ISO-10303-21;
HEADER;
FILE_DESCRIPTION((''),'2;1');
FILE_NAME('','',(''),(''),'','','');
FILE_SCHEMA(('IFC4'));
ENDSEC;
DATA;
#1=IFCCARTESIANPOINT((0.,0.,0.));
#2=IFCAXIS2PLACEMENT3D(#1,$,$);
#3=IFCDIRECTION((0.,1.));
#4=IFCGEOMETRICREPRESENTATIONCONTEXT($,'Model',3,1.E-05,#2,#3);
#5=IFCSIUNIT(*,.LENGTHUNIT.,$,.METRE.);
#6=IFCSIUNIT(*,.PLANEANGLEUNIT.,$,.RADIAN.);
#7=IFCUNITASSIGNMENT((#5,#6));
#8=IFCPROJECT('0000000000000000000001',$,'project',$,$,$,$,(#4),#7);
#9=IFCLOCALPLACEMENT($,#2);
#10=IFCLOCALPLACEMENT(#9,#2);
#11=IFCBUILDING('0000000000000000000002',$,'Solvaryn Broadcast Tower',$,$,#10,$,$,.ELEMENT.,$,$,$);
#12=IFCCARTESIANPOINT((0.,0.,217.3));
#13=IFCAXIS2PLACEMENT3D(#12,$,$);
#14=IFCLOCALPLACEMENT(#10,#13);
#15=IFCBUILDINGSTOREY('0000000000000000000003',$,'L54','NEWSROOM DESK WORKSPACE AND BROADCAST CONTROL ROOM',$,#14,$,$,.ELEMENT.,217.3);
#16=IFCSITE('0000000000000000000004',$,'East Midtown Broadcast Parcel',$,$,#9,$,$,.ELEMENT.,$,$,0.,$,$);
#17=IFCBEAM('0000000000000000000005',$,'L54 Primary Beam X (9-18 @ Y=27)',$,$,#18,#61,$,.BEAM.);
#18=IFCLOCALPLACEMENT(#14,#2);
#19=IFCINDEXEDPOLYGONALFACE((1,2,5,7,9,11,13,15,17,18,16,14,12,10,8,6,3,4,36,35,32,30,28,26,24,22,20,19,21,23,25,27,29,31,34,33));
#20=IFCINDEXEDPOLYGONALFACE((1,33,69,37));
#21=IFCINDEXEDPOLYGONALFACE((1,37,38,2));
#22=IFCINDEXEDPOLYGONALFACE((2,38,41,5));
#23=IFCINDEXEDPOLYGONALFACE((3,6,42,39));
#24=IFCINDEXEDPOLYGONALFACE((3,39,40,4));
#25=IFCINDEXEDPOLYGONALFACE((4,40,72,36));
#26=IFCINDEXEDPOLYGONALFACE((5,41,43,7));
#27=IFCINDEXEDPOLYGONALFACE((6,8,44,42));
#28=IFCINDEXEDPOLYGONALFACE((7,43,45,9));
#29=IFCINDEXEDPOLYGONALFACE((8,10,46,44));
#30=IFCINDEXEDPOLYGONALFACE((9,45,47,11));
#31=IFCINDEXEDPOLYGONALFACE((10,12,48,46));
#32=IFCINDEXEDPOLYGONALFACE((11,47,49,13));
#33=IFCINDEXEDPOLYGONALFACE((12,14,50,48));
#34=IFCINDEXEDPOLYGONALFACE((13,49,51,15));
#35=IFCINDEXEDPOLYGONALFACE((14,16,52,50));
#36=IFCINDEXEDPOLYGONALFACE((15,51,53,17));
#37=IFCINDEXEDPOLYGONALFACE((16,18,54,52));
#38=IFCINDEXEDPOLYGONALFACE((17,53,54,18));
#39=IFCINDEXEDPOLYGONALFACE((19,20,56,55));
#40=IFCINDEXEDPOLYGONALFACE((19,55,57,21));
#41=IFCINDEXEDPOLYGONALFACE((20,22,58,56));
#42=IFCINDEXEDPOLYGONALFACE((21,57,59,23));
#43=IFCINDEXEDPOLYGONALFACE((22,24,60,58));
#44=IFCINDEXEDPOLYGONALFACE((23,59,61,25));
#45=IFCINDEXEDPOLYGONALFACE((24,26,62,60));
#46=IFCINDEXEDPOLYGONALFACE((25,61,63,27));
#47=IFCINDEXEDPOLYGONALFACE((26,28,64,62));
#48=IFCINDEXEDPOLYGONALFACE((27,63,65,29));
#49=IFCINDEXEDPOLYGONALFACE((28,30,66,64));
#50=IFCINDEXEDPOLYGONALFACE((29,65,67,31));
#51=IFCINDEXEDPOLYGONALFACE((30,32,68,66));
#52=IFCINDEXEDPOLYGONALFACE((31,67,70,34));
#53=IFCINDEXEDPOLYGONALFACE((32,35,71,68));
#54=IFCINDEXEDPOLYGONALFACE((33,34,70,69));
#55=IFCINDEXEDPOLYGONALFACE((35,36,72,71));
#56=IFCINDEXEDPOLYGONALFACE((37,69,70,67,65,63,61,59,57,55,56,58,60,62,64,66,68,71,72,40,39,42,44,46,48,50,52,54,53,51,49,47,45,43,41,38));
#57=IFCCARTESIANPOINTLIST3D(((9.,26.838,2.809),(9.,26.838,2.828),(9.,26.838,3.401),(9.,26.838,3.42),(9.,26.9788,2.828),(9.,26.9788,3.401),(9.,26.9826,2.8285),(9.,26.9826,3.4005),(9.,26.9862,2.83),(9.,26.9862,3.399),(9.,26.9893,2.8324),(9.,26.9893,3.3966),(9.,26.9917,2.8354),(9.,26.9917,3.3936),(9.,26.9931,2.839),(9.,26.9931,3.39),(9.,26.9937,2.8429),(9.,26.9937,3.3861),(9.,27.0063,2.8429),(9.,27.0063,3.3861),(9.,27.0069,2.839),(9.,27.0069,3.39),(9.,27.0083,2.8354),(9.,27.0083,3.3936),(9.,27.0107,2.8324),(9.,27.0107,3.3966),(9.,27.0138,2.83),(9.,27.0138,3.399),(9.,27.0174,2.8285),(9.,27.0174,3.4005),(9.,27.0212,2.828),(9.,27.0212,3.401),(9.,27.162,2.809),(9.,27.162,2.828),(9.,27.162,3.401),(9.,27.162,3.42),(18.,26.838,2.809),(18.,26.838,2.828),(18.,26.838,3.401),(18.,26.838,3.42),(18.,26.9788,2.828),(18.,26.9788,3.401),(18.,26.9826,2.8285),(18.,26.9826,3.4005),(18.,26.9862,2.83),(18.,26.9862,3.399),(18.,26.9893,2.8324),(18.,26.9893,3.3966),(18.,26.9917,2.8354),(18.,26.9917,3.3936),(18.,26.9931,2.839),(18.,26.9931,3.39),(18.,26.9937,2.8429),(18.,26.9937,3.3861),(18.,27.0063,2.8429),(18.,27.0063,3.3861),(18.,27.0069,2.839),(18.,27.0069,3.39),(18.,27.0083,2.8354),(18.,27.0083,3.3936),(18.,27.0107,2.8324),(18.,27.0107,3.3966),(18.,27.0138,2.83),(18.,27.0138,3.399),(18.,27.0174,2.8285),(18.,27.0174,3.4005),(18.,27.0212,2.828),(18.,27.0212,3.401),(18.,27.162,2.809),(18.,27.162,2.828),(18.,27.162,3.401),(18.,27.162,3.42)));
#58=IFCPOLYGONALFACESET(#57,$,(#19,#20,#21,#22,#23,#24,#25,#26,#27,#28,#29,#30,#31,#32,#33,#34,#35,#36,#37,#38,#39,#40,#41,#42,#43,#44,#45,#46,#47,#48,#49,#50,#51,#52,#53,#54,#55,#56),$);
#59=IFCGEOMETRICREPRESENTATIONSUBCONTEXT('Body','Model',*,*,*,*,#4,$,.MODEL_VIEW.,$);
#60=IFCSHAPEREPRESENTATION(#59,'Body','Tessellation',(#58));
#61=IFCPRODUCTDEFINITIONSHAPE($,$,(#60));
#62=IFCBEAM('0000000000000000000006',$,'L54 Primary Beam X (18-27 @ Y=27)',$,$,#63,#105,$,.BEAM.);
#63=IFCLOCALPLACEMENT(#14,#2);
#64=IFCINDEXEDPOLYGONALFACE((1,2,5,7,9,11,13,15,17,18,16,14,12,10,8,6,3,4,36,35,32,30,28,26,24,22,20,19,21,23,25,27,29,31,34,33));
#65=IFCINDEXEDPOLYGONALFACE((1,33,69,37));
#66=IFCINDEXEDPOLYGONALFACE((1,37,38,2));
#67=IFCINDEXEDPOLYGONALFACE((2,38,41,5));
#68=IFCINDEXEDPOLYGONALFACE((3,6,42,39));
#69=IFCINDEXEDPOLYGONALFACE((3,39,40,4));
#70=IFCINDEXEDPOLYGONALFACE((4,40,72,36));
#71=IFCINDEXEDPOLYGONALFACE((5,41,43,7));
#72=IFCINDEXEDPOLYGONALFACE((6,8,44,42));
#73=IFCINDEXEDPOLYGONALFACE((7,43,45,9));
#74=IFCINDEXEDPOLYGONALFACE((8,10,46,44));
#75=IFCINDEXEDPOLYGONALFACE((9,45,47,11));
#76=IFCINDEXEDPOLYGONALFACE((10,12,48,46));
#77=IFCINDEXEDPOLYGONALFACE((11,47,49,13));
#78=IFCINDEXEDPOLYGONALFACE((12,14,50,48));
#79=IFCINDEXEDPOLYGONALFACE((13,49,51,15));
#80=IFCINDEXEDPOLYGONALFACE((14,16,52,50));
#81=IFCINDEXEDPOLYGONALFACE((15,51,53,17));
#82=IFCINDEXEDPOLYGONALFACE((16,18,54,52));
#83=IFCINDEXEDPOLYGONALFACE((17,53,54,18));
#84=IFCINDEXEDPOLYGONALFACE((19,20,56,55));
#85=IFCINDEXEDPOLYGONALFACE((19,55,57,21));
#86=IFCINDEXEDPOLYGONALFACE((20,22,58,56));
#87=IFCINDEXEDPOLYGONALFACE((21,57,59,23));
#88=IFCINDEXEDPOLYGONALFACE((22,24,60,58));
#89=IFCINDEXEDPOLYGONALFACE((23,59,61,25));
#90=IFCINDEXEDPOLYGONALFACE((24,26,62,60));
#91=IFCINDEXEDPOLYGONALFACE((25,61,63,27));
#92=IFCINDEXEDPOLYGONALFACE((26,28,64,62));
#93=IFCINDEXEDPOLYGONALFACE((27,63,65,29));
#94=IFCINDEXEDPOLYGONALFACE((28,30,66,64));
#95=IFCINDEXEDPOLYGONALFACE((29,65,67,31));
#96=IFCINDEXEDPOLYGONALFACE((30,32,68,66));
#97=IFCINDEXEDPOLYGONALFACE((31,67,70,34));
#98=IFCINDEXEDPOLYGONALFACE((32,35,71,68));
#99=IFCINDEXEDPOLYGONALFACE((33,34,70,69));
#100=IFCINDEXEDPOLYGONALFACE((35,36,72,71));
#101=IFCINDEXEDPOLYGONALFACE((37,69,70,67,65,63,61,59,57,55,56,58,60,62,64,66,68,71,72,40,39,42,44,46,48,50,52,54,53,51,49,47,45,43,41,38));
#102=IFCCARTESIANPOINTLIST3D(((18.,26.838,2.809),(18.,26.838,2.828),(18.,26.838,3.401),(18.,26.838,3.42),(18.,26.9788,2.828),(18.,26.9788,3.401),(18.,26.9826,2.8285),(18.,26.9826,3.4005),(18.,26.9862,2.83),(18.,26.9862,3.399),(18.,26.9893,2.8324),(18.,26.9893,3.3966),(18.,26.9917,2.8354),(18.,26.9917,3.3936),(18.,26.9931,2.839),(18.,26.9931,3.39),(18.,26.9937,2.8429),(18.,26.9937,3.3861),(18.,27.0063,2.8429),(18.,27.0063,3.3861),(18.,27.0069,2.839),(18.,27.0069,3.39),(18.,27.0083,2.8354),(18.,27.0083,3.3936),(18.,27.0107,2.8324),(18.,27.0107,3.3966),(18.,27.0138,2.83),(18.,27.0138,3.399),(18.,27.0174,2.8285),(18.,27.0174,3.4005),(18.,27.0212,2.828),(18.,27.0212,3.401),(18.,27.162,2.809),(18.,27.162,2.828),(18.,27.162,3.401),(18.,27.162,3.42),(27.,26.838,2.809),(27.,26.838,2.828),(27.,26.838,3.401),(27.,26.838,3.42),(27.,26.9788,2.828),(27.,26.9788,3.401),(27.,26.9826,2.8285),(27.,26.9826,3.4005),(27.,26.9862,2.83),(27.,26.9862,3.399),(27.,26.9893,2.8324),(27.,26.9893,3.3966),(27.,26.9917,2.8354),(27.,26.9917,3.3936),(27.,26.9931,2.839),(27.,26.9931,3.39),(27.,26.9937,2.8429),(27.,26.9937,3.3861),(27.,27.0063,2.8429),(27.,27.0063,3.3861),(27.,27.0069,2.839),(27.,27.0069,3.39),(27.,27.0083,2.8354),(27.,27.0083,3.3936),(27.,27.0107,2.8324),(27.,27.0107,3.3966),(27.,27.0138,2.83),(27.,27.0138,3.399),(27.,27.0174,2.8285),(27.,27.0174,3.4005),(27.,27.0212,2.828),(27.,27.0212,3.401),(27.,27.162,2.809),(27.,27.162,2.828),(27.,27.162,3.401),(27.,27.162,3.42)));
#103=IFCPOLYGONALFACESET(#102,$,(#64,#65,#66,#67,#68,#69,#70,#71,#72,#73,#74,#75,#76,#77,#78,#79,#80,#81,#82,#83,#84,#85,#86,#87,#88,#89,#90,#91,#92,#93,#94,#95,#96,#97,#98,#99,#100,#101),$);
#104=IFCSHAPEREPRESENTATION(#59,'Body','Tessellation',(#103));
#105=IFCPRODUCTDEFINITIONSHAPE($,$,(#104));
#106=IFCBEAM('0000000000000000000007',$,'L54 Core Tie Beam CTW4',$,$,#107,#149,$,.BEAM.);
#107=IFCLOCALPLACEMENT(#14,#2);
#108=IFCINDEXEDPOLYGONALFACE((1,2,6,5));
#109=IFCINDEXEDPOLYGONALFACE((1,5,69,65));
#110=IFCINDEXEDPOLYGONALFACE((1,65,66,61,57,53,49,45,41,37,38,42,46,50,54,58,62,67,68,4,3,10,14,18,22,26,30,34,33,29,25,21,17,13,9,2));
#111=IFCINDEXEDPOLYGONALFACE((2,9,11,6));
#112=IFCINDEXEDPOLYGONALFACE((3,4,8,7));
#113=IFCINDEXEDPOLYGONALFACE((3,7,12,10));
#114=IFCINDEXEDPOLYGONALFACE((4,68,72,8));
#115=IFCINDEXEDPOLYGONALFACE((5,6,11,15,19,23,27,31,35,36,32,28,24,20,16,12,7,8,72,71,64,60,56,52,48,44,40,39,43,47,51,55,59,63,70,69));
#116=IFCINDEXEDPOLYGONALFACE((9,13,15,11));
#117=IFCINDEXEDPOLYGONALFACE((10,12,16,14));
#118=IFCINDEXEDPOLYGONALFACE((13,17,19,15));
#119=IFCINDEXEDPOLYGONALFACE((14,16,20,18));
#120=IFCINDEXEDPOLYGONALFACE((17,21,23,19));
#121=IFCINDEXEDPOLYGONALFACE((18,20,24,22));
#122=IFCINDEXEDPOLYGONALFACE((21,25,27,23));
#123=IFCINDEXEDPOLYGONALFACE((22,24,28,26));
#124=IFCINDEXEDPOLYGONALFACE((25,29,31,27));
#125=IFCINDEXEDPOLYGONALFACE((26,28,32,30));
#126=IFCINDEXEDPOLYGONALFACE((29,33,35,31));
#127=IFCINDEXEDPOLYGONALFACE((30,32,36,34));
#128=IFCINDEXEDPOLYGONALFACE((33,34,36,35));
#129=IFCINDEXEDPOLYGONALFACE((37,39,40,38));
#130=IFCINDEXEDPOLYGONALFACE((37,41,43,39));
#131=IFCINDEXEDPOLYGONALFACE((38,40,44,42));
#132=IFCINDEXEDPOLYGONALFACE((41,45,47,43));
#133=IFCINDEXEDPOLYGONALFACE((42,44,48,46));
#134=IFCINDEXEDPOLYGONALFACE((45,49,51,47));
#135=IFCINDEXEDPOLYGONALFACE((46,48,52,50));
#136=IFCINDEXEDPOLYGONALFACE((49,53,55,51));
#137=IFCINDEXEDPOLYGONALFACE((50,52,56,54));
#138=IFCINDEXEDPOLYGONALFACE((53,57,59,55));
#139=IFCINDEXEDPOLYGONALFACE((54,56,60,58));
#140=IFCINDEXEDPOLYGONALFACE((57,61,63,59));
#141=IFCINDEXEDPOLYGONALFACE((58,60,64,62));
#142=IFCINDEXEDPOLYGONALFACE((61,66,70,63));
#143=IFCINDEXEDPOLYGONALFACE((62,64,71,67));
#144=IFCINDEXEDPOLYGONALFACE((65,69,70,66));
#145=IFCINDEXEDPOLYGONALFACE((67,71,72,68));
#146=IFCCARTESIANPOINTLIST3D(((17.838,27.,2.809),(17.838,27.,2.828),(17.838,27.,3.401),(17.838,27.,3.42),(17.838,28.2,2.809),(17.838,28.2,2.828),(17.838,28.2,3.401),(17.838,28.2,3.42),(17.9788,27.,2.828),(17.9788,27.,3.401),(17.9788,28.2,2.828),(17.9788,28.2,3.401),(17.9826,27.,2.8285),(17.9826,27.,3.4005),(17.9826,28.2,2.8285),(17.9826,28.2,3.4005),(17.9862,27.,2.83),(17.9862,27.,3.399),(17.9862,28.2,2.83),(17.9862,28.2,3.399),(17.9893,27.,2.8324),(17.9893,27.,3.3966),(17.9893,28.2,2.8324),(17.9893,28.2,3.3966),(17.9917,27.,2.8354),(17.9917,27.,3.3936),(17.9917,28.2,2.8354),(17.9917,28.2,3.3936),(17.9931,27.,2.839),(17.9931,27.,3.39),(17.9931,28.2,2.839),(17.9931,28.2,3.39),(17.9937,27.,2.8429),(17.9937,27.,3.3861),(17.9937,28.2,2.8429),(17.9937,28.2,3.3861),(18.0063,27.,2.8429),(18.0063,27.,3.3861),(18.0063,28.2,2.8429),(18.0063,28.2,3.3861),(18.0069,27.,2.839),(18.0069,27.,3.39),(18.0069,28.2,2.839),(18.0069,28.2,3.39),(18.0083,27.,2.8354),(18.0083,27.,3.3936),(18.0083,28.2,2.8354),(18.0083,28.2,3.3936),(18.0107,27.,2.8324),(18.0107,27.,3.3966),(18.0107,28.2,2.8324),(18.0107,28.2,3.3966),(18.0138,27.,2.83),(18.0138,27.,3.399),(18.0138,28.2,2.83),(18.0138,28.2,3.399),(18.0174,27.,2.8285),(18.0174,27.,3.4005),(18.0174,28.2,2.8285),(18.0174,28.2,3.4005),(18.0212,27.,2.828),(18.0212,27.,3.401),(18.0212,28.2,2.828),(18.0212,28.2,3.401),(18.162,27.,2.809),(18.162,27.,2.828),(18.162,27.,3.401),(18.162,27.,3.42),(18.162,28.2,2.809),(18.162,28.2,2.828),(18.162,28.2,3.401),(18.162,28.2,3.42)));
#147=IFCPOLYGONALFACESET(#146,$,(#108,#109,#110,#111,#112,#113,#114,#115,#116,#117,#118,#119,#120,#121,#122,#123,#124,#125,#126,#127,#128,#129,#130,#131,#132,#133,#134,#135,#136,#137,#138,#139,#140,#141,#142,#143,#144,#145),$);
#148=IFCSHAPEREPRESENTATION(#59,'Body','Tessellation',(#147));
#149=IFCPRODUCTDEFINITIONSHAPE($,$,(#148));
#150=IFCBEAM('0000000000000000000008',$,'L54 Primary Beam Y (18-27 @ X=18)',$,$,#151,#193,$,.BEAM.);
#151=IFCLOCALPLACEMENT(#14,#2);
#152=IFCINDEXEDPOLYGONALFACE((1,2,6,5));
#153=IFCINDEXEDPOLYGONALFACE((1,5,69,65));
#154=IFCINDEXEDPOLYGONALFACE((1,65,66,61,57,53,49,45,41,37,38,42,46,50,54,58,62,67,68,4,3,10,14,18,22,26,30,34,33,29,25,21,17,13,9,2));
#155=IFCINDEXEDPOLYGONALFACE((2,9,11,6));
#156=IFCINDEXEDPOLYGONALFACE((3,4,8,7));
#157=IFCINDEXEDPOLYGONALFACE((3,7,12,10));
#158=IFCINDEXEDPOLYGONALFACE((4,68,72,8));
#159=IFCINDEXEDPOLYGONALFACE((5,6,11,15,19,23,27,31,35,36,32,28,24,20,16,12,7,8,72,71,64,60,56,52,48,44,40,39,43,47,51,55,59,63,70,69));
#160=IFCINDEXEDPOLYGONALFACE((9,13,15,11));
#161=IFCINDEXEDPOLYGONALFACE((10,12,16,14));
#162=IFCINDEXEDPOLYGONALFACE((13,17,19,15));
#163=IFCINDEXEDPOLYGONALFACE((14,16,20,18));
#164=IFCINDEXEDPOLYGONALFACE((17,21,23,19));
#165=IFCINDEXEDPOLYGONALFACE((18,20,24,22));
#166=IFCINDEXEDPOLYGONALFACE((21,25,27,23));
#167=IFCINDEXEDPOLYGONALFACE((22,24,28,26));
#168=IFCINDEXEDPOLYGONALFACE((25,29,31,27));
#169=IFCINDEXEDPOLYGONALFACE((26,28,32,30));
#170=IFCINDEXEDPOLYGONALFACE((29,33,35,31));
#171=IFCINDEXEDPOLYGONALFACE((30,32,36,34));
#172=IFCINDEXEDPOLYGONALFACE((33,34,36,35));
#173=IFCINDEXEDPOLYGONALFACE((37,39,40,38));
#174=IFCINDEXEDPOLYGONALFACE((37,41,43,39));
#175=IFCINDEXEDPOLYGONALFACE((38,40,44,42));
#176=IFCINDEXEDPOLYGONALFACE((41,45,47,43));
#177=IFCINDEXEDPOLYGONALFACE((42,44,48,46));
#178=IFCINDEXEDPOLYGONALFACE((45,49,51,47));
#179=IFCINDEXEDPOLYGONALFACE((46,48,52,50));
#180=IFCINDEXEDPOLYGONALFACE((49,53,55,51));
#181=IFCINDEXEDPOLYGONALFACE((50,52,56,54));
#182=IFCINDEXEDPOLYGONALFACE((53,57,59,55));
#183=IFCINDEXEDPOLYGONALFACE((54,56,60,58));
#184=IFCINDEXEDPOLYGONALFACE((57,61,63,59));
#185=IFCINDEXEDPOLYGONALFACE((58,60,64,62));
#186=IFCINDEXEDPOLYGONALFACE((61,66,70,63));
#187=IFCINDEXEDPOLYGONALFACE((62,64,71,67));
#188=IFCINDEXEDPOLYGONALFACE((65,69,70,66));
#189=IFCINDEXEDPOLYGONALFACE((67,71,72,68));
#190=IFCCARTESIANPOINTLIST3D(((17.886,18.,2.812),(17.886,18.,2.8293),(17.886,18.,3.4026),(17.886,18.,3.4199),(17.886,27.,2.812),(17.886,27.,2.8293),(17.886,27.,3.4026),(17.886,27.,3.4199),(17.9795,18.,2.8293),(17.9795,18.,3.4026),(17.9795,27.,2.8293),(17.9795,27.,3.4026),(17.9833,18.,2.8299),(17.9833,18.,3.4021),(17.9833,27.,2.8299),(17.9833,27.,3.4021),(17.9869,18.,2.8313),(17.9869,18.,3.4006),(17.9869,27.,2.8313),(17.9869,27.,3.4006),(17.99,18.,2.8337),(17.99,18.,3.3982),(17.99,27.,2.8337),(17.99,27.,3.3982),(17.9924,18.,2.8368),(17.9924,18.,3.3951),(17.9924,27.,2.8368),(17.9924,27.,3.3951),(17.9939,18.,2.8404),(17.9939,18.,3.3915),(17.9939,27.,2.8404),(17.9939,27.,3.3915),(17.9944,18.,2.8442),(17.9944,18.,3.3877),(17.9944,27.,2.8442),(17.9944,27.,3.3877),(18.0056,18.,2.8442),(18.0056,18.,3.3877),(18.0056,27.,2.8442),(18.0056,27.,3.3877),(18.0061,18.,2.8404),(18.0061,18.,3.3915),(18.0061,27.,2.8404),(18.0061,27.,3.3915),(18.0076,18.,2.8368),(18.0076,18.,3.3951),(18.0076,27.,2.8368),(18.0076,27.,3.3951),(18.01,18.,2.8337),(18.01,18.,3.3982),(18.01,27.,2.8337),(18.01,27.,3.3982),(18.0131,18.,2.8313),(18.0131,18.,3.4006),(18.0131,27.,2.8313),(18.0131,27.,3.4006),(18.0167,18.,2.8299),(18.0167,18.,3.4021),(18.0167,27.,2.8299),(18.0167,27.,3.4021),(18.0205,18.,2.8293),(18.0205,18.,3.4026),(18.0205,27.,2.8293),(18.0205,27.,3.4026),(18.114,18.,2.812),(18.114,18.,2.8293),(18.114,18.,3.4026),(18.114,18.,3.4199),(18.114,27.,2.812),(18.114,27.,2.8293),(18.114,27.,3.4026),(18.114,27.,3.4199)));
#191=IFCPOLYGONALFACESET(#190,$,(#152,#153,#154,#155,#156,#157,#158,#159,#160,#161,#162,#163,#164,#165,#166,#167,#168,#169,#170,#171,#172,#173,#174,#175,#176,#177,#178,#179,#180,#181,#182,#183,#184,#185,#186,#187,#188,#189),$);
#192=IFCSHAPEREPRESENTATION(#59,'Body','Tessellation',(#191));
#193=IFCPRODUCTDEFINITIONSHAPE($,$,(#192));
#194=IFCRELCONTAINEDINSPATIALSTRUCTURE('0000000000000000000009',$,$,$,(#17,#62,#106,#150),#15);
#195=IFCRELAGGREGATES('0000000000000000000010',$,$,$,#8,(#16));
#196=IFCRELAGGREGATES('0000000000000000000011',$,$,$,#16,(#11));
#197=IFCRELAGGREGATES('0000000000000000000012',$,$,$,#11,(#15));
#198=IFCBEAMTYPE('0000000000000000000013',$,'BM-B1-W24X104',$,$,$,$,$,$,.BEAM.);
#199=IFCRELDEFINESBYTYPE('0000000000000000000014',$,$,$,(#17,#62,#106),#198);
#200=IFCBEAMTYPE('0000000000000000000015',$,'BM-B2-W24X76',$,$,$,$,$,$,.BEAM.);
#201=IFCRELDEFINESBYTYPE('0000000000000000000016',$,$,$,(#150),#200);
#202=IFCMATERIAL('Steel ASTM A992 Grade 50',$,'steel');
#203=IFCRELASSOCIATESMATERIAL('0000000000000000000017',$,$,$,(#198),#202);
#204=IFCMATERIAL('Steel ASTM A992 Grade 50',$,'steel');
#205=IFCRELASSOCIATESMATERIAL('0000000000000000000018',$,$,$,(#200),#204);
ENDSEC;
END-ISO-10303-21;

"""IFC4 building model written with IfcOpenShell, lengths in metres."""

from ifc_helpers import new_model, si_unit, direction, frame, origin, origin_2d, place, context, subcontext, project, spatial, i_section, extrude, material, material_profile, profile_set, type_object, element, save


model = new_model("IFC4")

# Units and contexts
model_context = context("Model", 3, precision=1e-05, world=origin(), true_north=direction((0.0, 1.0)))
body_context = subcontext(model_context, "Body", "Model", "MODEL_VIEW")
ifc_project = project(units=[si_unit("LENGTHUNIT", "METRE"), si_unit("PLANEANGLEUNIT", "RADIAN")], contexts=[model_context])

# Site, building, storey
site_placement = place(None, origin())
site = spatial("IfcSite", under=ifc_project, at=site_placement, Name="East Midtown Broadcast Parcel", CompositionType="ELEMENT", RefElevation=0.0)
building_placement = place(site_placement, origin())
building = spatial("IfcBuilding", under=site, at=building_placement, Name="Solvaryn Broadcast Tower", CompositionType="ELEMENT")
storey_placement = place(building_placement, frame((0.0, 0.0, 217.3)))
storey = spatial("IfcBuildingStorey", under=building, at=storey_placement, Name="L54", Description="NEWSROOM DESK WORKSPACE AND BROADCAST CONTROL ROOM", CompositionType="ELEMENT", Elevation=217.3)

# Beams
ifc_material_1 = material(Name="Steel ASTM A992 Grade 50", Category="steel")
ifc_material_profile_1 = material_profile(ifc_material_1, i_section(OverallWidth=0.324, OverallDepth=0.6111, WebThickness=0.0127, FlangeThickness=0.019, FilletRadius=0.0149, at=origin_2d()))
ifc_profile_set_1 = profile_set([ifc_material_profile_1], Name="Steel ASTM A992 Grade 50")
beam_type_1 = type_object("IfcBeamType", Name="BM-B1-W24X104", PredefinedType="BEAM", material=ifc_profile_set_1)
for number, where, z_axis, x_axis, name in (
    (1, (9.0, 27.0, 3.1145), (1.0, 0.0, 0.0), (0.0, 1.0, 0.0), "L54 Primary Beam X (9-18 @ Y=27)"),
    (2, (18.0, 27.0, 3.1145), (1.0, 0.0, 0.0), (0.0, 1.0, 0.0), "L54 Primary Beam X (18-27 @ Y=27)"),
):
    element("IfcBeam", number, at=place(storey_placement, frame(where, z_axis=z_axis, x_axis=x_axis)), inside=storey, type_object=beam_type_1, Name=name, PredefinedType="BEAM", context=body_context, shape_type="SweptSolid", body=[
        extrude(i_section(OverallWidth=0.324, OverallDepth=0.6111, WebThickness=0.0127, FlangeThickness=0.019, FilletRadius=0.0149, at=origin_2d()), origin(), (0.0, 0.0, 1.0), 9.0),
    ])
beam_1_placement = place(storey_placement, frame((18.0, 27.0, 3.1145), z_axis=(0.0, 1.0, 0.0), x_axis=(-1.0, 0.0, 0.0)))
element("IfcBeam", 3, at=beam_1_placement, inside=storey, type_object=beam_type_1, Name="L54 Core Tie Beam CTW4", PredefinedType="BEAM", context=body_context, shape_type="SweptSolid", body=[
    extrude(i_section(OverallWidth=0.324, OverallDepth=0.6111, WebThickness=0.0127, FlangeThickness=0.019, FilletRadius=0.0149, at=origin_2d()), origin(), (0.0, 0.0, 1.0), 1.2),
])
ifc_material_2 = material(Name="Steel ASTM A992 Grade 50", Category="steel")
ifc_material_profile_2 = material_profile(ifc_material_2, i_section(OverallWidth=0.228, OverallDepth=0.6079, WebThickness=0.0112, FlangeThickness=0.0173, FilletRadius=0.0149, at=origin_2d()))
ifc_profile_set_2 = profile_set([ifc_material_profile_2], Name="Steel ASTM A992 Grade 50")
beam_type_2 = type_object("IfcBeamType", Name="BM-B2-W24X76", PredefinedType="BEAM", material=ifc_profile_set_2)
beam_2_placement = place(storey_placement, frame((18.0, 18.0, 3.116), z_axis=(0.0, 1.0, 0.0), x_axis=(-1.0, 0.0, 0.0)))
element("IfcBeam", 4, at=beam_2_placement, inside=storey, type_object=beam_type_2, Name="L54 Primary Beam Y (18-27 @ X=18)", PredefinedType="BEAM", context=body_context, shape_type="SweptSolid", body=[
    extrude(i_section(OverallWidth=0.228, OverallDepth=0.6079, WebThickness=0.0112, FlangeThickness=0.0173, FilletRadius=0.0149, at=origin_2d()), origin(), (0.0, 0.0, 1.0), 9.0),
])

save(model, "model.ifc")
